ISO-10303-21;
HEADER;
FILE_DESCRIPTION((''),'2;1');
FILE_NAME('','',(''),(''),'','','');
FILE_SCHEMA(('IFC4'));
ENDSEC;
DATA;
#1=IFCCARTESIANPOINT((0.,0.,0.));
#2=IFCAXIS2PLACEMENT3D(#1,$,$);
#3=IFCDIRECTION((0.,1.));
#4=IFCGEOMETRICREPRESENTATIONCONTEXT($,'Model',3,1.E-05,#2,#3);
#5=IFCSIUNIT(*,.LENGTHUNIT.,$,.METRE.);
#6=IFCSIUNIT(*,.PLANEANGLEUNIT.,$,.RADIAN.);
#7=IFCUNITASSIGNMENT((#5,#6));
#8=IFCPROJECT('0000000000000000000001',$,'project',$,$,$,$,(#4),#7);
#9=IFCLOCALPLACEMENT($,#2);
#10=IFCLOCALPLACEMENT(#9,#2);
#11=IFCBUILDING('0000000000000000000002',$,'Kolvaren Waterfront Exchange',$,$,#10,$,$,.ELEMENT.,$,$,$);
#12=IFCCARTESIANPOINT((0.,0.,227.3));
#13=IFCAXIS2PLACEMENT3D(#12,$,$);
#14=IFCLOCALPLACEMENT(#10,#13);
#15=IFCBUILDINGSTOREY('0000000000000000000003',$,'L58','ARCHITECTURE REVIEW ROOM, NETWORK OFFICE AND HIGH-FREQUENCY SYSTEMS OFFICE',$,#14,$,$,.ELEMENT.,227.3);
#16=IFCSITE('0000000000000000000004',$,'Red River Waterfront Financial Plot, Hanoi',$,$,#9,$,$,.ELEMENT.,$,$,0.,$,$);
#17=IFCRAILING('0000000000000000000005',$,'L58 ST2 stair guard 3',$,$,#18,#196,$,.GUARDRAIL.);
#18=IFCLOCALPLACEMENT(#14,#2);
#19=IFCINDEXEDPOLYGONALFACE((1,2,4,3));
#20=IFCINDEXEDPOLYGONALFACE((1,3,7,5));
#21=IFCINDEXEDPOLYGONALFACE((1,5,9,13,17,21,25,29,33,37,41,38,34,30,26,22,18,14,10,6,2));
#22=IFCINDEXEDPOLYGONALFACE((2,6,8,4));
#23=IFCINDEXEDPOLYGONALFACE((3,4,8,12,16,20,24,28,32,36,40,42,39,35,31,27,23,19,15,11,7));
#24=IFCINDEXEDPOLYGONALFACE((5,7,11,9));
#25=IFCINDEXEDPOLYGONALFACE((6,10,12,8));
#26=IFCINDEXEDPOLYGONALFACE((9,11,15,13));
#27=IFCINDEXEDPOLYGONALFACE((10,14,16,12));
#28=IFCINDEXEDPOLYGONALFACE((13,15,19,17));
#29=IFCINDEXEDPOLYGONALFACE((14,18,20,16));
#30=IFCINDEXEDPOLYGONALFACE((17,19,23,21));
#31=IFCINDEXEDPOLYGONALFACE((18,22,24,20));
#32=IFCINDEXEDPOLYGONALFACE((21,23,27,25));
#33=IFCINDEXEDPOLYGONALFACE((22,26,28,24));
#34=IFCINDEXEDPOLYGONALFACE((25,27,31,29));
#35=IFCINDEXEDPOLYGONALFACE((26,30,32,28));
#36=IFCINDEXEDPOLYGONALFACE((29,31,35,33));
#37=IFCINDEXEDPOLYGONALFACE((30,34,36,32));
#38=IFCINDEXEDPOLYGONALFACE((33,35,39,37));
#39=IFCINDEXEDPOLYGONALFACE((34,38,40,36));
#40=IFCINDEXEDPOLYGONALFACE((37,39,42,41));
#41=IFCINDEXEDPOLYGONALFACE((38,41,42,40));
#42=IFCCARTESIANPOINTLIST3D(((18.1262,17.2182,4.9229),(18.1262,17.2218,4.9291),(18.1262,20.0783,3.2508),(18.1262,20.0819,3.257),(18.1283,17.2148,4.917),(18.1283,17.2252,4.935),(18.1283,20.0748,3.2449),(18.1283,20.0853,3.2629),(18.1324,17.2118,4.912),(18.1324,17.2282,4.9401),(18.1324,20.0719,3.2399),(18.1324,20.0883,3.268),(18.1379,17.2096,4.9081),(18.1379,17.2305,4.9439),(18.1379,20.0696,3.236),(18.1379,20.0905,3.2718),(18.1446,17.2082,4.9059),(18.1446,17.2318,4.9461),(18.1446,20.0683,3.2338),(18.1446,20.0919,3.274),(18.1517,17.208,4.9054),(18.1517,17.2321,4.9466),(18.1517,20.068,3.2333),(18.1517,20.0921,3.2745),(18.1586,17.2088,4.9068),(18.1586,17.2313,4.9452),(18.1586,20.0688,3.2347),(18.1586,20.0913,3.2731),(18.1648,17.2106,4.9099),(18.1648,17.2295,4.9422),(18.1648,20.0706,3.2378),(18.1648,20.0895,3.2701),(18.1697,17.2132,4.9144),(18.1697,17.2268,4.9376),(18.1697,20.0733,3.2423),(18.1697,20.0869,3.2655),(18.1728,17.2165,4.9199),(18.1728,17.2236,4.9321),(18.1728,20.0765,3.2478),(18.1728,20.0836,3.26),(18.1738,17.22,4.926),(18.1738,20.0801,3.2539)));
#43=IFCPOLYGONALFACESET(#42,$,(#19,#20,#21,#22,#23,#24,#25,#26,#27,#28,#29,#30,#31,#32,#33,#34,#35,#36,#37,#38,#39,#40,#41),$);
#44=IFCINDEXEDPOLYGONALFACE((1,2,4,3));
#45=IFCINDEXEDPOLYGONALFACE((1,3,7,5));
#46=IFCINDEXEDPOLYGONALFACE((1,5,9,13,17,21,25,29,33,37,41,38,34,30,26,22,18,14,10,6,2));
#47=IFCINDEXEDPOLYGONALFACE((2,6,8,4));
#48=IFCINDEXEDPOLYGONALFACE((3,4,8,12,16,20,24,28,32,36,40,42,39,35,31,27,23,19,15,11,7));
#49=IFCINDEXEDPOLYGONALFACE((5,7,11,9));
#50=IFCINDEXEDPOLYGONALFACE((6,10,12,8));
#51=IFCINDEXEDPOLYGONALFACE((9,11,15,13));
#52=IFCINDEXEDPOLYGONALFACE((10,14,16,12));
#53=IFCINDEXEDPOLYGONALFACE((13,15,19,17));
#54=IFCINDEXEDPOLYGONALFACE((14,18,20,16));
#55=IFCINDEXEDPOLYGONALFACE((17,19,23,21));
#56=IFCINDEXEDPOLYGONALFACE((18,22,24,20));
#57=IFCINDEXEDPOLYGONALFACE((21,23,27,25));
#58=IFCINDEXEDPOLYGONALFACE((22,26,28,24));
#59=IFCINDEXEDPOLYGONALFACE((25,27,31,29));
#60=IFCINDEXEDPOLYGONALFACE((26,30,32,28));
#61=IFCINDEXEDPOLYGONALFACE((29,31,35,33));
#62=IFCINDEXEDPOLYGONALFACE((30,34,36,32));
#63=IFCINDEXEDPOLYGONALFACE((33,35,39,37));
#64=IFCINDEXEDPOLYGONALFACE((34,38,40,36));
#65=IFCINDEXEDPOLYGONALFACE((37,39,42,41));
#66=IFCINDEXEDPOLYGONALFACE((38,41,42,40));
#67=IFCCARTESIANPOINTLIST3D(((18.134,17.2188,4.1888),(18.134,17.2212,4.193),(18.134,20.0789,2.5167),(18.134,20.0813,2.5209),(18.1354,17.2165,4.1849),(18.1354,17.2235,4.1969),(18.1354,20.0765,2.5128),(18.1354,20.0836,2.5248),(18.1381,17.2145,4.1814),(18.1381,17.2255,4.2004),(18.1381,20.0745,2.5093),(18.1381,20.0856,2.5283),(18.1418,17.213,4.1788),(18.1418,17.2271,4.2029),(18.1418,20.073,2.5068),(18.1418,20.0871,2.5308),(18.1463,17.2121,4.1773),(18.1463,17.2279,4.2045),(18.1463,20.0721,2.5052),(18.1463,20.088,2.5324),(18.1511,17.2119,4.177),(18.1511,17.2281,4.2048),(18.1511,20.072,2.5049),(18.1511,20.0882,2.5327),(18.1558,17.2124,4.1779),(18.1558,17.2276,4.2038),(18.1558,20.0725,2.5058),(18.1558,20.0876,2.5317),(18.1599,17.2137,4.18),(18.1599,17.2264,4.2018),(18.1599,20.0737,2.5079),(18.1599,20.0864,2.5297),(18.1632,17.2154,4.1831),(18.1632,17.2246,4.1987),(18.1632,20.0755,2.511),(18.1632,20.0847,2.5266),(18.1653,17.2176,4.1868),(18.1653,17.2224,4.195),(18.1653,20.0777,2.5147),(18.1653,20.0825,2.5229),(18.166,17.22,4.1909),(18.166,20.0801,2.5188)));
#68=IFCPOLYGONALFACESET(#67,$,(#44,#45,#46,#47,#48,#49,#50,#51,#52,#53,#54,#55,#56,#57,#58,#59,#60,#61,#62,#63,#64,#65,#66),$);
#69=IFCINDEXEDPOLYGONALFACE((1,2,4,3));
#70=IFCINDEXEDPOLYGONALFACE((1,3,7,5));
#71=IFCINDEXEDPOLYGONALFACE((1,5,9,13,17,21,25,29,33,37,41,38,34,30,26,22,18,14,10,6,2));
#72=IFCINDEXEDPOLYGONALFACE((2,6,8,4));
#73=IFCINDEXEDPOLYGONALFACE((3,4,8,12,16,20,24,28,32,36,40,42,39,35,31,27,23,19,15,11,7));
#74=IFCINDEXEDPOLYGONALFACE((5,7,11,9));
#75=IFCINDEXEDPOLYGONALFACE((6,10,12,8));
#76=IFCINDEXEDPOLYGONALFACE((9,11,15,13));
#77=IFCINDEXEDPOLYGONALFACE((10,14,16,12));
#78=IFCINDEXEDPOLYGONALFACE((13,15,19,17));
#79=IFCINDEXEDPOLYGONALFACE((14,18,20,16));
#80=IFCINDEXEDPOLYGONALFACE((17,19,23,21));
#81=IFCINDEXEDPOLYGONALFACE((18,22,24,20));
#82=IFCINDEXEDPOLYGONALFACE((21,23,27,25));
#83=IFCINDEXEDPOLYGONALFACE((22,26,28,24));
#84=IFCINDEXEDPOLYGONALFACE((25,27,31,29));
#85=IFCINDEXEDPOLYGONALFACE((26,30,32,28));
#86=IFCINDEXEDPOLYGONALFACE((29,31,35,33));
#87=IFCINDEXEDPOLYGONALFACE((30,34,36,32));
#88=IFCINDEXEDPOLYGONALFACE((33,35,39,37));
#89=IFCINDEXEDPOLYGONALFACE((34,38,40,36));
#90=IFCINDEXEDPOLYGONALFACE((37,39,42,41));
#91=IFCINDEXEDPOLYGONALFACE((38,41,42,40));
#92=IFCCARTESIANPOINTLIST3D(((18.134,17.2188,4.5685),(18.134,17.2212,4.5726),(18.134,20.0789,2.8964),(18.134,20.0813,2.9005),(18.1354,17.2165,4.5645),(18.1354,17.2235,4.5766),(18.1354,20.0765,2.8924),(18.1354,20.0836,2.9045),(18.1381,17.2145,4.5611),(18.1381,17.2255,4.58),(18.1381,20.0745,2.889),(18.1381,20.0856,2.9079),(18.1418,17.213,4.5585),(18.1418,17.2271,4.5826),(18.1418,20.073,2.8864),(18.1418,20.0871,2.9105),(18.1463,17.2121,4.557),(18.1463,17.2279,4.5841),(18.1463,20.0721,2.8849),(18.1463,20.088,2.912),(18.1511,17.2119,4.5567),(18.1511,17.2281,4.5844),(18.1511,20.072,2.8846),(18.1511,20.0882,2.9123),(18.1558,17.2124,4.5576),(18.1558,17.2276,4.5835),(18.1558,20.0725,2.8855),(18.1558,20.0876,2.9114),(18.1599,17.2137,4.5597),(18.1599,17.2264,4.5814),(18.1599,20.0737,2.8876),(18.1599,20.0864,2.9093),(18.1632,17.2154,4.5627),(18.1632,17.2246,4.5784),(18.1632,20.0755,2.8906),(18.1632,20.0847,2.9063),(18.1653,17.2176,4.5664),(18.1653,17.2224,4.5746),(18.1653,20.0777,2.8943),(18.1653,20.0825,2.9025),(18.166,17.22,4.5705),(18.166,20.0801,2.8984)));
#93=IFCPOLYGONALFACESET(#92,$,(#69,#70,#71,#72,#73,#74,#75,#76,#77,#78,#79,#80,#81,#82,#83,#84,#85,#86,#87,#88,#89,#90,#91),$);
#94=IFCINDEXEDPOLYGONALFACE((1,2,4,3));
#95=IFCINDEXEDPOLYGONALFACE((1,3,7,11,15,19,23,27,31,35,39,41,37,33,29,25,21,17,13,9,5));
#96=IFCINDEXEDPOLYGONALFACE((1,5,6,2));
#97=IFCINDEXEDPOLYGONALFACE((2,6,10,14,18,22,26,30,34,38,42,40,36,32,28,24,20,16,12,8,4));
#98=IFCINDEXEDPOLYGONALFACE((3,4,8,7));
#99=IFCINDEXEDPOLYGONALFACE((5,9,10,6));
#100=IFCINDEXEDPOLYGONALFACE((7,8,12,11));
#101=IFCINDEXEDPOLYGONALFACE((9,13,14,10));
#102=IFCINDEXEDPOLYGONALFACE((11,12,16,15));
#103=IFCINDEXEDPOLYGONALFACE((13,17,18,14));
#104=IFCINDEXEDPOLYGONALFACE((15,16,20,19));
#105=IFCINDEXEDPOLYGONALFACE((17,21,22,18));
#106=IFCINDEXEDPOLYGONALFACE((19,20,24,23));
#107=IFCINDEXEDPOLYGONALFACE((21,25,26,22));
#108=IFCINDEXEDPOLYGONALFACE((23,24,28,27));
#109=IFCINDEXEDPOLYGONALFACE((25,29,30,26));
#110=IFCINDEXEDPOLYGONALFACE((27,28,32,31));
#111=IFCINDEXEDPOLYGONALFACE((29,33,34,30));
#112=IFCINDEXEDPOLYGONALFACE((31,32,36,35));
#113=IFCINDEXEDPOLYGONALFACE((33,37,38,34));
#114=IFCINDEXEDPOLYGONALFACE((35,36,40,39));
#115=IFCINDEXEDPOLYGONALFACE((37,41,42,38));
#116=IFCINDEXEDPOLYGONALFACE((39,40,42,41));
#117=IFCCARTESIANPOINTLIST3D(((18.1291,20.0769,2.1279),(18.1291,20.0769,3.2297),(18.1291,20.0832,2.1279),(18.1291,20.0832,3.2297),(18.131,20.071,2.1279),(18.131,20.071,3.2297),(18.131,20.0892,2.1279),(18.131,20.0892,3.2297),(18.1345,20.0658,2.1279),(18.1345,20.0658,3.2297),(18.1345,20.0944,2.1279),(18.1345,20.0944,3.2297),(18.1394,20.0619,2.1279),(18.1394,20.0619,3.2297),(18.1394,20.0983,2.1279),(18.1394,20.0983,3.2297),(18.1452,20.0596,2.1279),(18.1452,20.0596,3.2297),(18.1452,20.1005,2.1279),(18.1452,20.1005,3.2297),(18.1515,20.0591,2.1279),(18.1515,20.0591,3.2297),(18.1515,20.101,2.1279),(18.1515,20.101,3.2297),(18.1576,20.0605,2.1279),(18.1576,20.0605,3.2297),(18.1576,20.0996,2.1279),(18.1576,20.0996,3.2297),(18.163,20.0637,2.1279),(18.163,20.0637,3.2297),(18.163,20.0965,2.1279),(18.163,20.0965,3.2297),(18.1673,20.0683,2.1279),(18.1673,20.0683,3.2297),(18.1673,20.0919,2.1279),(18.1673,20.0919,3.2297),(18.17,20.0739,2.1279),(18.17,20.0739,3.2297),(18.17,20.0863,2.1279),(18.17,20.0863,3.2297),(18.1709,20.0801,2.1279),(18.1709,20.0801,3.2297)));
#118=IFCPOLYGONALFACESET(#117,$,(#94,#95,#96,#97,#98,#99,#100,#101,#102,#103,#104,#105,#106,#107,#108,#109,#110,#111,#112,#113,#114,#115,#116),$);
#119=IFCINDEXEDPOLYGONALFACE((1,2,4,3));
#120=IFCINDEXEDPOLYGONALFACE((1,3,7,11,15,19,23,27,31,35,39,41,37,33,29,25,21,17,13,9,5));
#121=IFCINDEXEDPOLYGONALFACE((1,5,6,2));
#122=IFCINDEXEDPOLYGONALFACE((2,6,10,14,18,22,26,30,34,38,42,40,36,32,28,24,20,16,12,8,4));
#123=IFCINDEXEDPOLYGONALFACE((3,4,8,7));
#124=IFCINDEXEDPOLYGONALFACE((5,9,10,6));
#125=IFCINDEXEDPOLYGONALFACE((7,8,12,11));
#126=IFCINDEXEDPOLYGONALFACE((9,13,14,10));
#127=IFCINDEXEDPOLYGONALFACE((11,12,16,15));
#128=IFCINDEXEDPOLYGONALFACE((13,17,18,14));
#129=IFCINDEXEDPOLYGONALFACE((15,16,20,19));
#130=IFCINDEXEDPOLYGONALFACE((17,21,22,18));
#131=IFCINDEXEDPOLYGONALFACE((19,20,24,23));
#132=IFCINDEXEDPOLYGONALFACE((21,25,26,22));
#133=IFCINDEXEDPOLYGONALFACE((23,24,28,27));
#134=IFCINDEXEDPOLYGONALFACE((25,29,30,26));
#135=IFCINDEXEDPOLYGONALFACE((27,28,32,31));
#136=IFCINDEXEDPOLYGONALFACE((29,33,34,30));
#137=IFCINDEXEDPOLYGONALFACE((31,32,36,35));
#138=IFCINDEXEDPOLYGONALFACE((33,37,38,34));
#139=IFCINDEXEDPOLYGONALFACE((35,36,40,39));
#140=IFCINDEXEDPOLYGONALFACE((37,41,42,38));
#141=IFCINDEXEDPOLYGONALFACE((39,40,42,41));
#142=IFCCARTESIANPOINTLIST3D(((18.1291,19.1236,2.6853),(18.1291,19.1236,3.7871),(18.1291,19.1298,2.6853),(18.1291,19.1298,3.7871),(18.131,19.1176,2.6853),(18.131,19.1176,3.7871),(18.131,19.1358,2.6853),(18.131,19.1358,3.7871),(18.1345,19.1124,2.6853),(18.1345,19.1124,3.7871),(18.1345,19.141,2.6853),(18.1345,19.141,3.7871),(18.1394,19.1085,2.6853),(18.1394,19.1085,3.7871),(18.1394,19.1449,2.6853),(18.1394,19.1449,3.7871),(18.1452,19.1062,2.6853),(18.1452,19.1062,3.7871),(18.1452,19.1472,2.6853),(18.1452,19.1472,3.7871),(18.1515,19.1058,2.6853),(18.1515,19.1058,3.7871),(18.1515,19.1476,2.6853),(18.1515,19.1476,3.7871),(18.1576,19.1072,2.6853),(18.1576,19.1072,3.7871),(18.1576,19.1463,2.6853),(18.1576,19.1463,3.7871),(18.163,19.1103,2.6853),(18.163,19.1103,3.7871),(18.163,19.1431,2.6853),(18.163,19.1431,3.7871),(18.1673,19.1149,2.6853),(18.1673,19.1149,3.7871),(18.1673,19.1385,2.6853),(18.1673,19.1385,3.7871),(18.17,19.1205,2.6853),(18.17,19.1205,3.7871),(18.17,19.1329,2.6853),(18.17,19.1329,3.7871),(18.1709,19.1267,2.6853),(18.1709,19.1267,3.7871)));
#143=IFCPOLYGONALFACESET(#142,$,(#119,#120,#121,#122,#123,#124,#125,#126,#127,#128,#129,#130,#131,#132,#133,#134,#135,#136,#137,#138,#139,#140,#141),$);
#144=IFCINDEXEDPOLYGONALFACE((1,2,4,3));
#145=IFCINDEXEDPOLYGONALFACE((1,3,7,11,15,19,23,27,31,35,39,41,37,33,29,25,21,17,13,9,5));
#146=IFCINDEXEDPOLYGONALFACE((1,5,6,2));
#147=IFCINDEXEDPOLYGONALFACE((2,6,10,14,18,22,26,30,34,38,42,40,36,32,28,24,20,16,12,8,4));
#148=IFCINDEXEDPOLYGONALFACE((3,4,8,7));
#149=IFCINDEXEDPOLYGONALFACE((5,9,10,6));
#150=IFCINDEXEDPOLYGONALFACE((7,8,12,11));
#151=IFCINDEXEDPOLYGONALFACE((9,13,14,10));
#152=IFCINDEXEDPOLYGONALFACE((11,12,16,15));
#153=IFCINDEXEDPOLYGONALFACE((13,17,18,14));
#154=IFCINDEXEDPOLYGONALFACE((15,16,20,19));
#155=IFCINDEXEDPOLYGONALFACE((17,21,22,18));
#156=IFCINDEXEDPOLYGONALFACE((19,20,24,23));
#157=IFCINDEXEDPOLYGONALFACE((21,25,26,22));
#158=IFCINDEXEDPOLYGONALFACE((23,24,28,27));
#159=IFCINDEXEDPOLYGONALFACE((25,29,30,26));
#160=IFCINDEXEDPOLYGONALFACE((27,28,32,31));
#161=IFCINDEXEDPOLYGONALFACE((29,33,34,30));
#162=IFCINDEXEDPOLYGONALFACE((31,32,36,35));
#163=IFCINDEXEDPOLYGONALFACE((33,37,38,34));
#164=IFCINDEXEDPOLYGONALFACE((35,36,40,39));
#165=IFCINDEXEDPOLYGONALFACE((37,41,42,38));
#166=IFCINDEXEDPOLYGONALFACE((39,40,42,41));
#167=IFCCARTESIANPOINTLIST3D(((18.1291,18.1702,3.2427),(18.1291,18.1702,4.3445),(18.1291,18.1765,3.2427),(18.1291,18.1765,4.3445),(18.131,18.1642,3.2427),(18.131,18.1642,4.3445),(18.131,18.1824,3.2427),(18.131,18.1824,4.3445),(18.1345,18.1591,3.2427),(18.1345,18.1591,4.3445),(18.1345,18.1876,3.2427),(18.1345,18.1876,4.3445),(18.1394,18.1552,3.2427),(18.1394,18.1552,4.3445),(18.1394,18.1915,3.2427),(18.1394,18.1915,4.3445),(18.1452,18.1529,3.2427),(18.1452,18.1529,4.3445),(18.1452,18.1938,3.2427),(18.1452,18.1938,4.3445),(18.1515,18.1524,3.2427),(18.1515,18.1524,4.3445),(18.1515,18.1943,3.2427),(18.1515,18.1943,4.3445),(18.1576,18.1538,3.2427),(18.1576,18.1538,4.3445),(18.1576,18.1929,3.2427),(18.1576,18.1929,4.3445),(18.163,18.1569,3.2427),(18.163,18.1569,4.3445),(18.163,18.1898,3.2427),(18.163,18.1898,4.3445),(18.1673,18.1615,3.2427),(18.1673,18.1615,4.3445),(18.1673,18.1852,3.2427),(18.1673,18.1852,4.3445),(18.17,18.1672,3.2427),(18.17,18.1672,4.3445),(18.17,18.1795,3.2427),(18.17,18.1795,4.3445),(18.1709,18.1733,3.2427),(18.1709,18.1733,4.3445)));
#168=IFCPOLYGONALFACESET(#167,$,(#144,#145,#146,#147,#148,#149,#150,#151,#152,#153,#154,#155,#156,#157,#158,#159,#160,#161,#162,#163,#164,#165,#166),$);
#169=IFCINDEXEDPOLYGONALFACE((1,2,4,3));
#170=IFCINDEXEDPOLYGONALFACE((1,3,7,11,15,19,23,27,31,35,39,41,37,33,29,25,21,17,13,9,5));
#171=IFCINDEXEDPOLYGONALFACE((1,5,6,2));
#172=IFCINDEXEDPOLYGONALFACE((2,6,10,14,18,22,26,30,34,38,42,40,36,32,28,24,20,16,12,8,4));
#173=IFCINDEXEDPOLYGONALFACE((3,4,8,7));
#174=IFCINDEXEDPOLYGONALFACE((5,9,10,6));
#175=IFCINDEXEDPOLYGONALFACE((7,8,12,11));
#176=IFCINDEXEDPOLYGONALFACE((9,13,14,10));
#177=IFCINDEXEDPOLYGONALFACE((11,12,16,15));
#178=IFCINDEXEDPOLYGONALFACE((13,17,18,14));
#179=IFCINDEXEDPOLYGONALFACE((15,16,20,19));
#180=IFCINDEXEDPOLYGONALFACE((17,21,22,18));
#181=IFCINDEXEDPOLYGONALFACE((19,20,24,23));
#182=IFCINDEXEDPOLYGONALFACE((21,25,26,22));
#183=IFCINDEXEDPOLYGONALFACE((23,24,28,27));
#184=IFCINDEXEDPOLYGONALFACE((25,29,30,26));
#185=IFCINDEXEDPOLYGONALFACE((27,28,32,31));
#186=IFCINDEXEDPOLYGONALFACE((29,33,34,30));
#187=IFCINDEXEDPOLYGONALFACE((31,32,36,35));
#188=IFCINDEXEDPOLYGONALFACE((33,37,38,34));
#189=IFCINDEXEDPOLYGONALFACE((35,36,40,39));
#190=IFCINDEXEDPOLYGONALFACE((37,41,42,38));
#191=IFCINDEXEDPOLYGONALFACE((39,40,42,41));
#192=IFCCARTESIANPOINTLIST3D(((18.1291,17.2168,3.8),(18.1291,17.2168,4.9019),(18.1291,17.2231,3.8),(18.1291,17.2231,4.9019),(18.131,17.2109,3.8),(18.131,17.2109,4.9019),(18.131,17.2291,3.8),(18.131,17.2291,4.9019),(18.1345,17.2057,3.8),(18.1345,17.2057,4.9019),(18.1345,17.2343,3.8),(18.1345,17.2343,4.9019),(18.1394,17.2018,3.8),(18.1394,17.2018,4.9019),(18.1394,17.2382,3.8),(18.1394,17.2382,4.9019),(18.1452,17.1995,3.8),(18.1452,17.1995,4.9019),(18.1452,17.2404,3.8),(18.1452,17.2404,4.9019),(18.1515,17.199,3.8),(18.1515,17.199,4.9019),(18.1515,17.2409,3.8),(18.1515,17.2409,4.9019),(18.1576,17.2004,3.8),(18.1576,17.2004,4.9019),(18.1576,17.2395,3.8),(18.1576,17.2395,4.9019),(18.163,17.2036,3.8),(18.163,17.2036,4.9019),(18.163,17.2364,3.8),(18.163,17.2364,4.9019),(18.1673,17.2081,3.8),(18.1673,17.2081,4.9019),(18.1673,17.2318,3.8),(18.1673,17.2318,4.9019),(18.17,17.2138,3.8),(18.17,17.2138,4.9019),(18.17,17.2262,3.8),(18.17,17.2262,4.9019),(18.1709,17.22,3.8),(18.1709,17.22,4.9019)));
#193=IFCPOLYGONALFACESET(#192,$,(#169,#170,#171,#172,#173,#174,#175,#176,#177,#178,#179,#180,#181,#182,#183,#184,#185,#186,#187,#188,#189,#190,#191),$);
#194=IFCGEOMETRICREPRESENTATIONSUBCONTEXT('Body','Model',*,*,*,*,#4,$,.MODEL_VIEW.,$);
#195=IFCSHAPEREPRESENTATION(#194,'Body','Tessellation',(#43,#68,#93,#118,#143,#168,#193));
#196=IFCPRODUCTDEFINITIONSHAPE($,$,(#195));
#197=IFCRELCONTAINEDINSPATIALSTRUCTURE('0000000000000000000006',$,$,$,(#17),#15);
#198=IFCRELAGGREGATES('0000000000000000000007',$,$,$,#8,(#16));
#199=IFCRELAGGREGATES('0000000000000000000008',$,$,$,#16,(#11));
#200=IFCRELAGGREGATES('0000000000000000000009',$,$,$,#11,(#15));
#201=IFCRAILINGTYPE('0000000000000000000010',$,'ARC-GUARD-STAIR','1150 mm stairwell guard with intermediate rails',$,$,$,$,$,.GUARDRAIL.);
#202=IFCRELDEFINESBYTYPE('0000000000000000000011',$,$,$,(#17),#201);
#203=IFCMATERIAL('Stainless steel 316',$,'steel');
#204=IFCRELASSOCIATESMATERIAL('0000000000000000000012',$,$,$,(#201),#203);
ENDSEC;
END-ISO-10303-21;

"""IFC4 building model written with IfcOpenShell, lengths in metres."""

from ifc_helpers import new_model, si_unit, direction, frame, origin, origin_2d, place, context, subcontext, project, spatial, circle, extrude, material, type_object, element, save


model = new_model("IFC4")

# Units and contexts
model_context = context("Model", 3, precision=1e-05, world=origin(), true_north=direction((0.0, 1.0)))
body_context = subcontext(model_context, "Body", "Model", "MODEL_VIEW")
ifc_project = project(units=[si_unit("LENGTHUNIT", "METRE"), si_unit("PLANEANGLEUNIT", "RADIAN")], contexts=[model_context])

# Site, building, storey
site_placement = place(None, origin())
site = spatial("IfcSite", under=ifc_project, at=site_placement, Name="Red River Waterfront Financial Plot, Hanoi", CompositionType="ELEMENT", RefElevation=0.0)
building_placement = place(site_placement, origin())
building = spatial("IfcBuilding", under=site, at=building_placement, Name="Kolvaren Waterfront Exchange", CompositionType="ELEMENT")
storey_placement = place(building_placement, frame((0.0, 0.0, 227.3)))
storey = spatial("IfcBuildingStorey", under=building, at=storey_placement, Name="L58", Description="ARCHITECTURE REVIEW ROOM, NETWORK OFFICE AND HIGH-FREQUENCY SYSTEMS OFFICE", CompositionType="ELEMENT", Elevation=227.3)

# Railing
ifc_material_1 = material(Name="Stainless steel 316", Category="steel")
railing_type_1 = type_object("IfcRailingType", Name="ARC-GUARD-STAIR", Description="1150 mm stairwell guard with intermediate rails", PredefinedType="GUARDRAIL", material=ifc_material_1)
railing_1_placement = place(storey_placement, frame((18.1499, 20.0801, 2.1279)))
element("IfcRailing", 1, at=railing_1_placement, inside=storey, type_object=railing_type_1, Name="L58 ST2 stair guard 3", PredefinedType="GUARDRAIL", context=body_context, shape_type="SweptSolid", body=[
    extrude(circle(Radius=0.0239, at=origin_2d()), frame((0.0, 0.0, 1.126), z_axis=(0.0, -0.863289, 0.504709), x_axis=(1.0, 0.0, 0.0)), (0.0, 0.0, 1.0), 3.313),
    extrude(circle(Radius=0.0161, at=origin_2d()), frame((0.0, 0.0, 0.3909), z_axis=(0.0, -0.863289, 0.504709), x_axis=(1.0, 0.0, 0.0)), (0.0, 0.0, 1.0), 3.313),
    extrude(circle(Radius=0.0161, at=origin_2d()), frame((0.0, 0.0, 0.7705), z_axis=(0.0, -0.863289, 0.504709), x_axis=(1.0, 0.0, 0.0)), (0.0, 0.0, 1.0), 3.313),
    extrude(circle(Radius=0.021, at=origin_2d()), origin(), (0.0, 0.0, 1.0), 1.1018),
    extrude(circle(Radius=0.021, at=origin_2d()), frame((0.0, -0.9534, 0.5574)), (0.0, 0.0, 1.0), 1.1018),
    extrude(circle(Radius=0.021, at=origin_2d()), frame((0.0, -1.9067, 1.1147)), (0.0, 0.0, 1.0), 1.1018),
    extrude(circle(Radius=0.021, at=origin_2d()), frame((0.0, -2.8601, 1.6721)), (0.0, 0.0, 1.0), 1.1018),
])

save(model, "model.ifc")
